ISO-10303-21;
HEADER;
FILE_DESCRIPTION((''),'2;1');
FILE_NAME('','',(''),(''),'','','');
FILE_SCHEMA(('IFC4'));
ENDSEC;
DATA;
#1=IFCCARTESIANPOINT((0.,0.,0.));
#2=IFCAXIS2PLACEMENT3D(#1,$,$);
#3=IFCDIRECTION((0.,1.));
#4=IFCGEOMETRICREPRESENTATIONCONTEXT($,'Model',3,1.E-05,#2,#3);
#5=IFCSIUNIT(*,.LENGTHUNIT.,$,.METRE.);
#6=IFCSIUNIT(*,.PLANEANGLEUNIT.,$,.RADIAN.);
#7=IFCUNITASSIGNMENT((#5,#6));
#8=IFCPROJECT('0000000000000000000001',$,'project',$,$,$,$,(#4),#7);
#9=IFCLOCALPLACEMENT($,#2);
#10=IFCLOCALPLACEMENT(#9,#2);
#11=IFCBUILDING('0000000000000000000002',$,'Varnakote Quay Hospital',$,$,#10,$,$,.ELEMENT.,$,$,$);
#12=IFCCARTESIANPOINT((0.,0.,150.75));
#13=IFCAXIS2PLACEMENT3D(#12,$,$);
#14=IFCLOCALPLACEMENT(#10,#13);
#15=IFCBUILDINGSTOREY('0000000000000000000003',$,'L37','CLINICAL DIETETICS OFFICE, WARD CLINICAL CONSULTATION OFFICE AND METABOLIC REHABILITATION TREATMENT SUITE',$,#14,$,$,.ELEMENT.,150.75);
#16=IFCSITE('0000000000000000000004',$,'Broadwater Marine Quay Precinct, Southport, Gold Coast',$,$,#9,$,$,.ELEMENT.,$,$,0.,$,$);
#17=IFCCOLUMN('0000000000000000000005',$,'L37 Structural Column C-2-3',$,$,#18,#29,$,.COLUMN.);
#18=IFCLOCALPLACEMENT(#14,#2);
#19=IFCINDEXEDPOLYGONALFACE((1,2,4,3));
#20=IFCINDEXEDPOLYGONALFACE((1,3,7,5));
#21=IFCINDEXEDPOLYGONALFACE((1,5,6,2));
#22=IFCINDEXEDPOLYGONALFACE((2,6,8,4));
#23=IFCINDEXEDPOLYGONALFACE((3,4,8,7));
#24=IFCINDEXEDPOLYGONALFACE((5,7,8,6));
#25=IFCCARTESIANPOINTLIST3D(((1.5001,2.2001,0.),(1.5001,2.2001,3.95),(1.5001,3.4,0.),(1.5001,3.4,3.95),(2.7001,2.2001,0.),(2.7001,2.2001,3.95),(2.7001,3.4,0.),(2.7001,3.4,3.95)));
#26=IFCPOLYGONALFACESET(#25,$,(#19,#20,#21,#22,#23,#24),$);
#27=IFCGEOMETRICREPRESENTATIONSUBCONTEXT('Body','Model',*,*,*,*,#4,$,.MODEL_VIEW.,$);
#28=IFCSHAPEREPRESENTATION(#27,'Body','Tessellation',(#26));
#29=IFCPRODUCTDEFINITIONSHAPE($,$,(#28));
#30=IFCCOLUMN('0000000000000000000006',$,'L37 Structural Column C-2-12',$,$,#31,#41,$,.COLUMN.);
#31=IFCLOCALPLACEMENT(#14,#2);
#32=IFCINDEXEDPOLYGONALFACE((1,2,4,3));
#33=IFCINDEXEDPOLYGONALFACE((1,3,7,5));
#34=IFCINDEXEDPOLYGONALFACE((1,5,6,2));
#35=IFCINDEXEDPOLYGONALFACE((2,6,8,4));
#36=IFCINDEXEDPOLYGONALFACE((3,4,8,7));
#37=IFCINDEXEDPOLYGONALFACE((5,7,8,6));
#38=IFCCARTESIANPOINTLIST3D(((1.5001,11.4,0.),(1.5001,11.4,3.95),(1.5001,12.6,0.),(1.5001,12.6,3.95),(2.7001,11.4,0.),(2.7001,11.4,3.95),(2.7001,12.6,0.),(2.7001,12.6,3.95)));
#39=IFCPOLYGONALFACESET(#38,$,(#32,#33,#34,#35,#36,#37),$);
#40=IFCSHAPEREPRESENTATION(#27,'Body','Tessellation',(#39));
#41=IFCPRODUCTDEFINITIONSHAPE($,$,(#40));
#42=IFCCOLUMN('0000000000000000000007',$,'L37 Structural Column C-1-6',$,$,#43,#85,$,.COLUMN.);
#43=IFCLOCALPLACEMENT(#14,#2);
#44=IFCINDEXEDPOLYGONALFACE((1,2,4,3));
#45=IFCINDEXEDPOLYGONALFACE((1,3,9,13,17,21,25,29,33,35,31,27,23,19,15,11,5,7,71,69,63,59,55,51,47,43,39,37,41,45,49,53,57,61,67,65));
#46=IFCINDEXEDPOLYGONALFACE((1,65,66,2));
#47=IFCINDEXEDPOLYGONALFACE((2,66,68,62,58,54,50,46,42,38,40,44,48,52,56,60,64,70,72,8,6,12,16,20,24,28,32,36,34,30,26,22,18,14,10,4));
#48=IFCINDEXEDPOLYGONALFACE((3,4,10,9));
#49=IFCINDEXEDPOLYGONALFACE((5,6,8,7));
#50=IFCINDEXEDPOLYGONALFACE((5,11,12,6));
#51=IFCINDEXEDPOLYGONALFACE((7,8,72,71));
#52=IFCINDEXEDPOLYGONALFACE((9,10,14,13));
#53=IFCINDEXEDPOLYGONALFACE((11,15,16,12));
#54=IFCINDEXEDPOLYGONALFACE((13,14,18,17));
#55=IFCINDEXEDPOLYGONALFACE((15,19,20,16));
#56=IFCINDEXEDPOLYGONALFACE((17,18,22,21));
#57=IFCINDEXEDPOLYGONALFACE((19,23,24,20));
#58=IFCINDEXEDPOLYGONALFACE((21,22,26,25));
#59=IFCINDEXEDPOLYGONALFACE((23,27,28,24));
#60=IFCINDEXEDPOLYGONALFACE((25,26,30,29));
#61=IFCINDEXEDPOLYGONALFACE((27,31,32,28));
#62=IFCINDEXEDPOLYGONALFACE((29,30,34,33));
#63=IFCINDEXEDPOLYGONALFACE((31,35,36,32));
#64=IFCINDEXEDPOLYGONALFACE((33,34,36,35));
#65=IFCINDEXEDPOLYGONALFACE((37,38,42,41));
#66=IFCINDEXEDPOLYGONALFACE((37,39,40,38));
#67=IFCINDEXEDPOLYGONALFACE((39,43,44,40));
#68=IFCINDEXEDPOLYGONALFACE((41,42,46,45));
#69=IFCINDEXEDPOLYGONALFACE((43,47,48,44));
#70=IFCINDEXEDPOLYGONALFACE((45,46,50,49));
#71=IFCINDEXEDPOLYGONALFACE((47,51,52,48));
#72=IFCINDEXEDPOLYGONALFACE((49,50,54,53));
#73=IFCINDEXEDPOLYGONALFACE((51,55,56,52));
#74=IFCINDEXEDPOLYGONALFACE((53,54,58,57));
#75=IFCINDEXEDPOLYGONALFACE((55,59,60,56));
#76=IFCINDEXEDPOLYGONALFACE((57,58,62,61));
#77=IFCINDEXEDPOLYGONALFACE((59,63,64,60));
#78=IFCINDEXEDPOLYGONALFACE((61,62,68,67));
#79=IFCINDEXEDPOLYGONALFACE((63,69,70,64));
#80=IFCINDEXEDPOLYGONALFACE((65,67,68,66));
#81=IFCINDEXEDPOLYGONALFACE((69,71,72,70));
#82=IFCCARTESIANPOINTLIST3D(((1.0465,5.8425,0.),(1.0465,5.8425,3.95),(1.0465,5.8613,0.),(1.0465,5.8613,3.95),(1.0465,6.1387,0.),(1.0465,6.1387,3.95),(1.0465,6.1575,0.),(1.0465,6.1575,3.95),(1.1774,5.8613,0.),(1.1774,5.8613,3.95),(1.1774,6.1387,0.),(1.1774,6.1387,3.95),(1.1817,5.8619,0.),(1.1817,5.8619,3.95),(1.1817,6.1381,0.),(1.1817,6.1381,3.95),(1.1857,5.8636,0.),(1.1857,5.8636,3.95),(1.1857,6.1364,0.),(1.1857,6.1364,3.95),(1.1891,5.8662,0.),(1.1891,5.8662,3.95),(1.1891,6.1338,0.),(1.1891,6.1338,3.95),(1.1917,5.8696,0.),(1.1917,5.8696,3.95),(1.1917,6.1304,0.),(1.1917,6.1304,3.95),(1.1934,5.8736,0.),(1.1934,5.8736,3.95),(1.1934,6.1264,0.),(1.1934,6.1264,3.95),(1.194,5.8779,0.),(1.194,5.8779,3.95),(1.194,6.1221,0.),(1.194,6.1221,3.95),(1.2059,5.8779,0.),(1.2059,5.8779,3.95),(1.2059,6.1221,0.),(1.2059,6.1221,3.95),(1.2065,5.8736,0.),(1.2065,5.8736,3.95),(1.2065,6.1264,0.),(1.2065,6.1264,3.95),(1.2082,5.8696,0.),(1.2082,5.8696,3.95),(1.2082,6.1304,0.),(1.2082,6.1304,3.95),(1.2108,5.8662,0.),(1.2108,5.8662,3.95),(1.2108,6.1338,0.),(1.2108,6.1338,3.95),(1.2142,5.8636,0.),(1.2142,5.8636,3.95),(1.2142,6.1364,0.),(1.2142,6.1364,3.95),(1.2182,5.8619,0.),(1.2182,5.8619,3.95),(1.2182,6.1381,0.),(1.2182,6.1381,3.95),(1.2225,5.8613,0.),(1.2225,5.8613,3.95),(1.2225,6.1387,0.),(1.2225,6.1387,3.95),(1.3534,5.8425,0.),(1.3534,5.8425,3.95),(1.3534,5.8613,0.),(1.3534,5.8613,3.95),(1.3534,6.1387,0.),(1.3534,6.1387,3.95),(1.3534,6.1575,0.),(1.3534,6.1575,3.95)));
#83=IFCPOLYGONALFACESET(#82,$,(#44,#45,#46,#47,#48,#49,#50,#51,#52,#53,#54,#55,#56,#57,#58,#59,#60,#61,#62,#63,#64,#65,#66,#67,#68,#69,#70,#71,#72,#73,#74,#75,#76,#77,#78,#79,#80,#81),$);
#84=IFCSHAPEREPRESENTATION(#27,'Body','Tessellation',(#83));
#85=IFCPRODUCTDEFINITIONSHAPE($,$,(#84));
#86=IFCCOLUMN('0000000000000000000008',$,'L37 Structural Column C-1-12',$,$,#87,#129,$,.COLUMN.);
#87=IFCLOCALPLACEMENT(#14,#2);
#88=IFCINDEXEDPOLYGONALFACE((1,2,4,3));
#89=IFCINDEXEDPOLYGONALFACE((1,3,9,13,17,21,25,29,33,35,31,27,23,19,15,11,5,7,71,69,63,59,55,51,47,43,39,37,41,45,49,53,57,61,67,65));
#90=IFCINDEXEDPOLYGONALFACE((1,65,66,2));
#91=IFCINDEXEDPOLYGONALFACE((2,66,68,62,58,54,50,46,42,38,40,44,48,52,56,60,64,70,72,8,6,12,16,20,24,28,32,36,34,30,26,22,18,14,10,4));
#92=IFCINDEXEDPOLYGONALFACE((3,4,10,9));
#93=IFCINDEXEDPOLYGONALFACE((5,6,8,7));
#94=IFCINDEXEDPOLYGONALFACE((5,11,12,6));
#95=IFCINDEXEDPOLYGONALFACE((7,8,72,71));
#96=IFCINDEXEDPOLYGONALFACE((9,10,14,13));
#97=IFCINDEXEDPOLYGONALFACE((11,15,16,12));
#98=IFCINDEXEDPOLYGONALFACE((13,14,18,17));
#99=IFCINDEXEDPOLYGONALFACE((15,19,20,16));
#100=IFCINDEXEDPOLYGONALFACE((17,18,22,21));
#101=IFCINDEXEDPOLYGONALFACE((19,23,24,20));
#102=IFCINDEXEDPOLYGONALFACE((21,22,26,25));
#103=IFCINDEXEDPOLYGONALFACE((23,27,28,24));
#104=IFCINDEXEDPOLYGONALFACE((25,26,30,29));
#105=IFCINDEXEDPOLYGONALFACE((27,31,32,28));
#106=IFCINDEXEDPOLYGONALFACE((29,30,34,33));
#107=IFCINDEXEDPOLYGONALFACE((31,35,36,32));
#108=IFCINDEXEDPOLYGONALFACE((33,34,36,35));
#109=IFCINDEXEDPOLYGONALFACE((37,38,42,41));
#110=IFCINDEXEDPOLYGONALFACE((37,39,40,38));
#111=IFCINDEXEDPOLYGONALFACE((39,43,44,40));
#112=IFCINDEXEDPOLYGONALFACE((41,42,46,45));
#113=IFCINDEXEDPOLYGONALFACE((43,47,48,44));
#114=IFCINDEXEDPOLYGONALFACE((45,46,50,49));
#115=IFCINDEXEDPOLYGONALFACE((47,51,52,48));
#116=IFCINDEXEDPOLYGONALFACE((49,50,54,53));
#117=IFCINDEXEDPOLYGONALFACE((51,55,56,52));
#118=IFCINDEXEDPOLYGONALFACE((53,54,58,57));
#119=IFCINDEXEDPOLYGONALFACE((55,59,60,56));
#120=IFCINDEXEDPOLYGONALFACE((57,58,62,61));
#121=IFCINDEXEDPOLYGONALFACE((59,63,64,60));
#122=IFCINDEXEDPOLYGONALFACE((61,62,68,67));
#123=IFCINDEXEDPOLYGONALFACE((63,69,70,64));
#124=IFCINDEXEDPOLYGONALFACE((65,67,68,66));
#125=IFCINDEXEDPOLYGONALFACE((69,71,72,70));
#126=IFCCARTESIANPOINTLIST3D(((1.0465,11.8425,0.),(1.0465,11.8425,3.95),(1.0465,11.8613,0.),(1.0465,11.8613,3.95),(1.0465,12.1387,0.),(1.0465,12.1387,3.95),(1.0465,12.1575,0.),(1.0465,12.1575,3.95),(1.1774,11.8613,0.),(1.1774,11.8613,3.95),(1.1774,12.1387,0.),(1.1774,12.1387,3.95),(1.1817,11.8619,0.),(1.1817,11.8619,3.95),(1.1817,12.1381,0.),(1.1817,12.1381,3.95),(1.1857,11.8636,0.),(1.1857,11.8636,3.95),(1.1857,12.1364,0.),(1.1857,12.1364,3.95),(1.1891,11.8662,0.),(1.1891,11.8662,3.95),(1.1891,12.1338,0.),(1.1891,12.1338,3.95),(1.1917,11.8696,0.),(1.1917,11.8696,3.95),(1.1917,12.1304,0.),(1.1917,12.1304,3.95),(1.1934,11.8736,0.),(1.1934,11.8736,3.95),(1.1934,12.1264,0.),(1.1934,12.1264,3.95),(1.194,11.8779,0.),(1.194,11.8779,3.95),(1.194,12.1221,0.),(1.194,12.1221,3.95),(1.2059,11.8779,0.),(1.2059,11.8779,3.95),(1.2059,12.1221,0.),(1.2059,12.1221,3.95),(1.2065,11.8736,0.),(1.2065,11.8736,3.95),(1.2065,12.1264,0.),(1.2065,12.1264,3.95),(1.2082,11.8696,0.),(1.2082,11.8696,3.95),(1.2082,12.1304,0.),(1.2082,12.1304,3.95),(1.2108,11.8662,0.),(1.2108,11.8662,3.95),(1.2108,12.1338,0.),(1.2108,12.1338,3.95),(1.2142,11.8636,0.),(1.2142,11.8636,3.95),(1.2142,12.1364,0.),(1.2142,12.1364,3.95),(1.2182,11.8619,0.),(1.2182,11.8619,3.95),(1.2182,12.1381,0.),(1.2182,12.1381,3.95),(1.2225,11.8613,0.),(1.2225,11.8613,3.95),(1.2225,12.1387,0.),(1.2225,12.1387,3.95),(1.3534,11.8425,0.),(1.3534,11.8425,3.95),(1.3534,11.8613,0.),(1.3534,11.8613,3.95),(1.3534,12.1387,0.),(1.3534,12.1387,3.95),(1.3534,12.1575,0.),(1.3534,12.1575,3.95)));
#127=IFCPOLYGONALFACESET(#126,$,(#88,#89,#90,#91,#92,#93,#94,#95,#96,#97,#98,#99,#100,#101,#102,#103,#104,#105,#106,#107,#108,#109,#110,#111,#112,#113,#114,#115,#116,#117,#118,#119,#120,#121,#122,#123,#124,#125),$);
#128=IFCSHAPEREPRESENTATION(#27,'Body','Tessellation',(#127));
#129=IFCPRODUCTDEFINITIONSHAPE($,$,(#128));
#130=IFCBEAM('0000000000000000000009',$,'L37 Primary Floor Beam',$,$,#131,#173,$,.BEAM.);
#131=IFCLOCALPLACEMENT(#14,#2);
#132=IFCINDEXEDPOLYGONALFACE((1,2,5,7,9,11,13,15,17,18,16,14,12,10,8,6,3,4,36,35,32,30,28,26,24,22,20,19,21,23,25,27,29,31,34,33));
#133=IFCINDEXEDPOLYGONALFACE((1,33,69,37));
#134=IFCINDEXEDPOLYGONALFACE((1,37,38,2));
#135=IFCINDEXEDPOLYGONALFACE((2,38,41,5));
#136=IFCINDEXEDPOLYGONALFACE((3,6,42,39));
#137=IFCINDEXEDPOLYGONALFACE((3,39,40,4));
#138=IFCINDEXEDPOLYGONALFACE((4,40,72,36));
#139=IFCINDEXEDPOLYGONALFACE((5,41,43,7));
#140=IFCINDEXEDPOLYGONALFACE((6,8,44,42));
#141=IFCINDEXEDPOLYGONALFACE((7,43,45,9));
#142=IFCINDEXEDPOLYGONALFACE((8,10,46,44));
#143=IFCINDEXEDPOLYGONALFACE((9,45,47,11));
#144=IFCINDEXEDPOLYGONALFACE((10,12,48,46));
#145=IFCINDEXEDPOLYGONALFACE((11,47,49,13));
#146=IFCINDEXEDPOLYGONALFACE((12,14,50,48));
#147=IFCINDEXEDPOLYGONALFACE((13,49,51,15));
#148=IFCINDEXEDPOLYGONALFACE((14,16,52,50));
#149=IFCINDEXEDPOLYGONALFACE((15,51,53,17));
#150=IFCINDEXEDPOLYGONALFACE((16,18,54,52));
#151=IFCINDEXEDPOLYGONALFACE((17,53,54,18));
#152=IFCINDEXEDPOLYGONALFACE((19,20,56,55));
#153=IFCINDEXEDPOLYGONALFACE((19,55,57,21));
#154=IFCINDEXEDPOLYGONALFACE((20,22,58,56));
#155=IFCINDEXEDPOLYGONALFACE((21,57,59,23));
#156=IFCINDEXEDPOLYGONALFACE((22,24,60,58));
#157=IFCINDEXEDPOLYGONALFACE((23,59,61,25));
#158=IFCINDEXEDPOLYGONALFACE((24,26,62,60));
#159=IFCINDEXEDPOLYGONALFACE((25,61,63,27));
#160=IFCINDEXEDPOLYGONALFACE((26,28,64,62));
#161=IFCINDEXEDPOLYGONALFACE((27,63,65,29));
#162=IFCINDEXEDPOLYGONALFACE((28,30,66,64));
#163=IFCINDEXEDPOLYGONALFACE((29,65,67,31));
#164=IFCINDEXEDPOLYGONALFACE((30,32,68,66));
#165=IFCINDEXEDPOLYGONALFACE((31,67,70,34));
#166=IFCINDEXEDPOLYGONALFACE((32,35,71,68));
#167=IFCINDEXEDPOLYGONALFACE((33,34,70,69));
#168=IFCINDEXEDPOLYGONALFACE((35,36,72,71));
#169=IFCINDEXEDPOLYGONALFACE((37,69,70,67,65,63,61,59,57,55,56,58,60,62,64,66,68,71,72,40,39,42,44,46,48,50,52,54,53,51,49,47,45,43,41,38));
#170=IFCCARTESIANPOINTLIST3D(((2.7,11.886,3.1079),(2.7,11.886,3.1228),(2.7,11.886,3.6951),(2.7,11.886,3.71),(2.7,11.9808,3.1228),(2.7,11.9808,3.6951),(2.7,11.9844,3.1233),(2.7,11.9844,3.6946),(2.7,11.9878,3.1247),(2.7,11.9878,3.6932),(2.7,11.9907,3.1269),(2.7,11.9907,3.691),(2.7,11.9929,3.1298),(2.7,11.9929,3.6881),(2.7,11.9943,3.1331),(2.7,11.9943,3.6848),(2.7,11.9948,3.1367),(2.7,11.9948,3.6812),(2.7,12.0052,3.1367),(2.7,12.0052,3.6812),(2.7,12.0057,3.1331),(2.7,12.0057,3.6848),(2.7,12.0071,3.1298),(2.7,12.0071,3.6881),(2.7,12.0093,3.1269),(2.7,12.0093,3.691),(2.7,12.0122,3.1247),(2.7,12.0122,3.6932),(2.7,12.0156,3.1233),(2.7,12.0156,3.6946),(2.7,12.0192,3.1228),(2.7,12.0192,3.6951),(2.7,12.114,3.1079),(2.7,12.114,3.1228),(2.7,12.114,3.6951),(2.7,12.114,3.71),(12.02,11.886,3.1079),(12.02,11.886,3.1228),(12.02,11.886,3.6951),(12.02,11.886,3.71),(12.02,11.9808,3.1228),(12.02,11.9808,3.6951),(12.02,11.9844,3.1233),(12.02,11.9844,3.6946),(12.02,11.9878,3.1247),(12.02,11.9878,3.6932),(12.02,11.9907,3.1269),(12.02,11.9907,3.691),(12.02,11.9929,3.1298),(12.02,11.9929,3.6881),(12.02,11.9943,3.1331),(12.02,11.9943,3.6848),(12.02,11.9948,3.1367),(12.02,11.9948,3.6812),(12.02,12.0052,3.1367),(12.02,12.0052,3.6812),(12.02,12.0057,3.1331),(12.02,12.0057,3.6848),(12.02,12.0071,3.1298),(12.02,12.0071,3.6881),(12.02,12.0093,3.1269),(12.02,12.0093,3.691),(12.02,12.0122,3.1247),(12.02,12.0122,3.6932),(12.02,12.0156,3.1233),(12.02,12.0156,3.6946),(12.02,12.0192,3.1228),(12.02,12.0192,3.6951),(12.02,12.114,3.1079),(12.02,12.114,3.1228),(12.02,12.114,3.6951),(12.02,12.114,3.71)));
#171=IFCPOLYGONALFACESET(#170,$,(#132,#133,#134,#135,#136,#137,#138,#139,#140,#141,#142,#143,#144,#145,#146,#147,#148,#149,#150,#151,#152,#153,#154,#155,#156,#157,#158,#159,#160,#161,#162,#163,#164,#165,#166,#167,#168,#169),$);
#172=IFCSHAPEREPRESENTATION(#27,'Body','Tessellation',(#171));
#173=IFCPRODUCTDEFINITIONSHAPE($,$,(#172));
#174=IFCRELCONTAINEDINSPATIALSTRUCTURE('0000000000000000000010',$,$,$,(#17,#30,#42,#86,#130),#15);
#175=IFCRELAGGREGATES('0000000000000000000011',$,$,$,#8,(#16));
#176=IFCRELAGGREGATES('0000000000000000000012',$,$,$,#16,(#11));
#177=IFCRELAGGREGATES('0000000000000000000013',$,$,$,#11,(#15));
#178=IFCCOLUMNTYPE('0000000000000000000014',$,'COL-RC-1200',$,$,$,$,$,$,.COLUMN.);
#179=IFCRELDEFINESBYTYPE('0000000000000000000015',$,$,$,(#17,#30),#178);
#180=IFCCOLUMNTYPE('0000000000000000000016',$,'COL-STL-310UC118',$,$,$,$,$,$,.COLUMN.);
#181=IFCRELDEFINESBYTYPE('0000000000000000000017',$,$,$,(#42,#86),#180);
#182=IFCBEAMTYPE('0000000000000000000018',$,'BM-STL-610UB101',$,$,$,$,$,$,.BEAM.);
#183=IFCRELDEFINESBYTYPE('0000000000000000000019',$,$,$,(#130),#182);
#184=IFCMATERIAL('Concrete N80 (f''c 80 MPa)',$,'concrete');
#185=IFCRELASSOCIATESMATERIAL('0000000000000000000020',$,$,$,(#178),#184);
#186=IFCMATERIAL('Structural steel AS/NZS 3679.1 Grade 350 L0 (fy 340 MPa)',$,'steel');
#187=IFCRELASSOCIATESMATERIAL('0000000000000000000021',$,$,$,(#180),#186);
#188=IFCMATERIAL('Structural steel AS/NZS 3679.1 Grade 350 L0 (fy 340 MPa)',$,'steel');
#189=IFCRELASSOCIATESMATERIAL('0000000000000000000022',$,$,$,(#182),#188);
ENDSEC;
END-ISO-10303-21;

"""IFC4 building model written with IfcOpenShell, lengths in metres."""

from ifc_helpers import new_model, si_unit, direction, frame, origin, origin_2d, place, context, subcontext, project, spatial, rectangle, i_section, extrude, material, material_profile, profile_set, type_object, element, save


model = new_model("IFC4")

# Units and contexts
model_context = context("Model", 3, precision=1e-05, world=origin(), true_north=direction((0.0, 1.0)))
body_context = subcontext(model_context, "Body", "Model", "MODEL_VIEW")
ifc_project = project(units=[si_unit("LENGTHUNIT", "METRE"), si_unit("PLANEANGLEUNIT", "RADIAN")], contexts=[model_context])

# Site, building, storey
site_placement = place(None, origin())
site = spatial("IfcSite", under=ifc_project, at=site_placement, Name="Broadwater Marine Quay Precinct, Southport, Gold Coast", CompositionType="ELEMENT", RefElevation=0.0)
building_placement = place(site_placement, origin())
building = spatial("IfcBuilding", under=site, at=building_placement, Name="Varnakote Quay Hospital", CompositionType="ELEMENT")
storey_placement = place(building_placement, frame((0.0, 0.0, 150.75)))
storey = spatial("IfcBuildingStorey", under=building, at=storey_placement, Name="L37", Description="CLINICAL DIETETICS OFFICE, WARD CLINICAL CONSULTATION OFFICE AND METABOLIC REHABILITATION TREATMENT SUITE", CompositionType="ELEMENT", Elevation=150.75)

# Columns
ifc_material_1 = material(Name="Concrete N80 (f'c 80 MPa)", Category="concrete")
ifc_material_profile_1 = material_profile(ifc_material_1, rectangle(XDim=1.2, YDim=1.2, at=origin_2d()), Name="RC-COL-1200x1200")
ifc_profile_set_1 = profile_set([ifc_material_profile_1], Name="Concrete N80 (f'c 80 MPa)")
column_type_1 = type_object("IfcColumnType", Name="COL-RC-1200", PredefinedType="COLUMN", material=ifc_profile_set_1)
for number, where, z_axis, x_axis, name in (
    (1, (2.1001, 2.8, 0.0), (0.0, 0.0, 1.0), (1.0, 0.0, 0.0), "L37 Structural Column C-2-3"),
    (2, (2.1001, 12.0, 0.0), (0.0, 0.0, 1.0), (1.0, 0.0, 0.0), "L37 Structural Column C-2-12"),
):
    element("IfcColumn", number, at=place(storey_placement, frame(where, z_axis=z_axis, x_axis=x_axis)), inside=storey, type_object=column_type_1, Name=name, PredefinedType="COLUMN", context=body_context, shape_type="SweptSolid", body=[
        extrude(rectangle(XDim=1.2, YDim=1.2, at=origin_2d()), origin(), (0.0, 0.0, 1.0), 3.95),
    ])
ifc_material_2 = material(Name="Structural steel AS/NZS 3679.1 Grade 350 L0 (fy 340 MPa)", Category="steel")
ifc_material_profile_2 = material_profile(ifc_material_2, i_section(OverallWidth=0.3069, OverallDepth=0.3149, WebThickness=0.012, FlangeThickness=0.0188, FilletRadius=0.0166, at=origin_2d()), Name="310UC118")
ifc_profile_set_2 = profile_set([ifc_material_profile_2], Name="Structural steel AS/NZS 3679.1 Grade 350 L0 (fy 340 MPa)")
column_type_2 = type_object("IfcColumnType", Name="COL-STL-310UC118", PredefinedType="COLUMN", material=ifc_profile_set_2)
for number, where, z_axis, x_axis, name in (
    (3, (1.2, 6.0, 0.0), (0.0, 0.0, 1.0), (1.0, 0.0, 0.0), "L37 Structural Column C-1-6"),
    (4, (1.2, 12.0, 0.0), (0.0, 0.0, 1.0), (1.0, 0.0, 0.0), "L37 Structural Column C-1-12"),
):
    element("IfcColumn", number, at=place(storey_placement, frame(where, z_axis=z_axis, x_axis=x_axis)), inside=storey, type_object=column_type_2, Name=name, PredefinedType="COLUMN", context=body_context, shape_type="SweptSolid", body=[
        extrude(i_section(OverallWidth=0.3069, OverallDepth=0.3149, WebThickness=0.012, FlangeThickness=0.0188, FilletRadius=0.0166, at=origin_2d()), origin(), (0.0, 0.0, 1.0), 3.95),
    ])

# Beam
ifc_material_3 = material(Name="Structural steel AS/NZS 3679.1 Grade 350 L0 (fy 340 MPa)", Category="steel")
ifc_material_profile_3 = material_profile(ifc_material_3, i_section(OverallWidth=0.228, OverallDepth=0.6021, WebThickness=0.0105, FlangeThickness=0.0149, FilletRadius=0.0139, at=origin_2d()), Name="610UB101")
ifc_profile_set_3 = profile_set([ifc_material_profile_3], Name="Structural steel AS/NZS 3679.1 Grade 350 L0 (fy 340 MPa)")
beam_type_1 = type_object("IfcBeamType", Name="BM-STL-610UB101", PredefinedType="BEAM", material=ifc_profile_set_3)
beam_1_placement = place(storey_placement, frame((2.7, 12.0, 3.4089), z_axis=(1.0, 0.0, 0.0), x_axis=(0.0, 1.0, 0.0)))
element("IfcBeam", 5, at=beam_1_placement, inside=storey, type_object=beam_type_1, Name="L37 Primary Floor Beam", PredefinedType="BEAM", context=body_context, shape_type="SweptSolid", body=[
    extrude(i_section(OverallWidth=0.228, OverallDepth=0.6021, WebThickness=0.0105, FlangeThickness=0.0149, FilletRadius=0.0139, at=origin_2d()), origin(), (0.0, 0.0, 1.0), 9.3201),
])

save(model, "model.ifc")
